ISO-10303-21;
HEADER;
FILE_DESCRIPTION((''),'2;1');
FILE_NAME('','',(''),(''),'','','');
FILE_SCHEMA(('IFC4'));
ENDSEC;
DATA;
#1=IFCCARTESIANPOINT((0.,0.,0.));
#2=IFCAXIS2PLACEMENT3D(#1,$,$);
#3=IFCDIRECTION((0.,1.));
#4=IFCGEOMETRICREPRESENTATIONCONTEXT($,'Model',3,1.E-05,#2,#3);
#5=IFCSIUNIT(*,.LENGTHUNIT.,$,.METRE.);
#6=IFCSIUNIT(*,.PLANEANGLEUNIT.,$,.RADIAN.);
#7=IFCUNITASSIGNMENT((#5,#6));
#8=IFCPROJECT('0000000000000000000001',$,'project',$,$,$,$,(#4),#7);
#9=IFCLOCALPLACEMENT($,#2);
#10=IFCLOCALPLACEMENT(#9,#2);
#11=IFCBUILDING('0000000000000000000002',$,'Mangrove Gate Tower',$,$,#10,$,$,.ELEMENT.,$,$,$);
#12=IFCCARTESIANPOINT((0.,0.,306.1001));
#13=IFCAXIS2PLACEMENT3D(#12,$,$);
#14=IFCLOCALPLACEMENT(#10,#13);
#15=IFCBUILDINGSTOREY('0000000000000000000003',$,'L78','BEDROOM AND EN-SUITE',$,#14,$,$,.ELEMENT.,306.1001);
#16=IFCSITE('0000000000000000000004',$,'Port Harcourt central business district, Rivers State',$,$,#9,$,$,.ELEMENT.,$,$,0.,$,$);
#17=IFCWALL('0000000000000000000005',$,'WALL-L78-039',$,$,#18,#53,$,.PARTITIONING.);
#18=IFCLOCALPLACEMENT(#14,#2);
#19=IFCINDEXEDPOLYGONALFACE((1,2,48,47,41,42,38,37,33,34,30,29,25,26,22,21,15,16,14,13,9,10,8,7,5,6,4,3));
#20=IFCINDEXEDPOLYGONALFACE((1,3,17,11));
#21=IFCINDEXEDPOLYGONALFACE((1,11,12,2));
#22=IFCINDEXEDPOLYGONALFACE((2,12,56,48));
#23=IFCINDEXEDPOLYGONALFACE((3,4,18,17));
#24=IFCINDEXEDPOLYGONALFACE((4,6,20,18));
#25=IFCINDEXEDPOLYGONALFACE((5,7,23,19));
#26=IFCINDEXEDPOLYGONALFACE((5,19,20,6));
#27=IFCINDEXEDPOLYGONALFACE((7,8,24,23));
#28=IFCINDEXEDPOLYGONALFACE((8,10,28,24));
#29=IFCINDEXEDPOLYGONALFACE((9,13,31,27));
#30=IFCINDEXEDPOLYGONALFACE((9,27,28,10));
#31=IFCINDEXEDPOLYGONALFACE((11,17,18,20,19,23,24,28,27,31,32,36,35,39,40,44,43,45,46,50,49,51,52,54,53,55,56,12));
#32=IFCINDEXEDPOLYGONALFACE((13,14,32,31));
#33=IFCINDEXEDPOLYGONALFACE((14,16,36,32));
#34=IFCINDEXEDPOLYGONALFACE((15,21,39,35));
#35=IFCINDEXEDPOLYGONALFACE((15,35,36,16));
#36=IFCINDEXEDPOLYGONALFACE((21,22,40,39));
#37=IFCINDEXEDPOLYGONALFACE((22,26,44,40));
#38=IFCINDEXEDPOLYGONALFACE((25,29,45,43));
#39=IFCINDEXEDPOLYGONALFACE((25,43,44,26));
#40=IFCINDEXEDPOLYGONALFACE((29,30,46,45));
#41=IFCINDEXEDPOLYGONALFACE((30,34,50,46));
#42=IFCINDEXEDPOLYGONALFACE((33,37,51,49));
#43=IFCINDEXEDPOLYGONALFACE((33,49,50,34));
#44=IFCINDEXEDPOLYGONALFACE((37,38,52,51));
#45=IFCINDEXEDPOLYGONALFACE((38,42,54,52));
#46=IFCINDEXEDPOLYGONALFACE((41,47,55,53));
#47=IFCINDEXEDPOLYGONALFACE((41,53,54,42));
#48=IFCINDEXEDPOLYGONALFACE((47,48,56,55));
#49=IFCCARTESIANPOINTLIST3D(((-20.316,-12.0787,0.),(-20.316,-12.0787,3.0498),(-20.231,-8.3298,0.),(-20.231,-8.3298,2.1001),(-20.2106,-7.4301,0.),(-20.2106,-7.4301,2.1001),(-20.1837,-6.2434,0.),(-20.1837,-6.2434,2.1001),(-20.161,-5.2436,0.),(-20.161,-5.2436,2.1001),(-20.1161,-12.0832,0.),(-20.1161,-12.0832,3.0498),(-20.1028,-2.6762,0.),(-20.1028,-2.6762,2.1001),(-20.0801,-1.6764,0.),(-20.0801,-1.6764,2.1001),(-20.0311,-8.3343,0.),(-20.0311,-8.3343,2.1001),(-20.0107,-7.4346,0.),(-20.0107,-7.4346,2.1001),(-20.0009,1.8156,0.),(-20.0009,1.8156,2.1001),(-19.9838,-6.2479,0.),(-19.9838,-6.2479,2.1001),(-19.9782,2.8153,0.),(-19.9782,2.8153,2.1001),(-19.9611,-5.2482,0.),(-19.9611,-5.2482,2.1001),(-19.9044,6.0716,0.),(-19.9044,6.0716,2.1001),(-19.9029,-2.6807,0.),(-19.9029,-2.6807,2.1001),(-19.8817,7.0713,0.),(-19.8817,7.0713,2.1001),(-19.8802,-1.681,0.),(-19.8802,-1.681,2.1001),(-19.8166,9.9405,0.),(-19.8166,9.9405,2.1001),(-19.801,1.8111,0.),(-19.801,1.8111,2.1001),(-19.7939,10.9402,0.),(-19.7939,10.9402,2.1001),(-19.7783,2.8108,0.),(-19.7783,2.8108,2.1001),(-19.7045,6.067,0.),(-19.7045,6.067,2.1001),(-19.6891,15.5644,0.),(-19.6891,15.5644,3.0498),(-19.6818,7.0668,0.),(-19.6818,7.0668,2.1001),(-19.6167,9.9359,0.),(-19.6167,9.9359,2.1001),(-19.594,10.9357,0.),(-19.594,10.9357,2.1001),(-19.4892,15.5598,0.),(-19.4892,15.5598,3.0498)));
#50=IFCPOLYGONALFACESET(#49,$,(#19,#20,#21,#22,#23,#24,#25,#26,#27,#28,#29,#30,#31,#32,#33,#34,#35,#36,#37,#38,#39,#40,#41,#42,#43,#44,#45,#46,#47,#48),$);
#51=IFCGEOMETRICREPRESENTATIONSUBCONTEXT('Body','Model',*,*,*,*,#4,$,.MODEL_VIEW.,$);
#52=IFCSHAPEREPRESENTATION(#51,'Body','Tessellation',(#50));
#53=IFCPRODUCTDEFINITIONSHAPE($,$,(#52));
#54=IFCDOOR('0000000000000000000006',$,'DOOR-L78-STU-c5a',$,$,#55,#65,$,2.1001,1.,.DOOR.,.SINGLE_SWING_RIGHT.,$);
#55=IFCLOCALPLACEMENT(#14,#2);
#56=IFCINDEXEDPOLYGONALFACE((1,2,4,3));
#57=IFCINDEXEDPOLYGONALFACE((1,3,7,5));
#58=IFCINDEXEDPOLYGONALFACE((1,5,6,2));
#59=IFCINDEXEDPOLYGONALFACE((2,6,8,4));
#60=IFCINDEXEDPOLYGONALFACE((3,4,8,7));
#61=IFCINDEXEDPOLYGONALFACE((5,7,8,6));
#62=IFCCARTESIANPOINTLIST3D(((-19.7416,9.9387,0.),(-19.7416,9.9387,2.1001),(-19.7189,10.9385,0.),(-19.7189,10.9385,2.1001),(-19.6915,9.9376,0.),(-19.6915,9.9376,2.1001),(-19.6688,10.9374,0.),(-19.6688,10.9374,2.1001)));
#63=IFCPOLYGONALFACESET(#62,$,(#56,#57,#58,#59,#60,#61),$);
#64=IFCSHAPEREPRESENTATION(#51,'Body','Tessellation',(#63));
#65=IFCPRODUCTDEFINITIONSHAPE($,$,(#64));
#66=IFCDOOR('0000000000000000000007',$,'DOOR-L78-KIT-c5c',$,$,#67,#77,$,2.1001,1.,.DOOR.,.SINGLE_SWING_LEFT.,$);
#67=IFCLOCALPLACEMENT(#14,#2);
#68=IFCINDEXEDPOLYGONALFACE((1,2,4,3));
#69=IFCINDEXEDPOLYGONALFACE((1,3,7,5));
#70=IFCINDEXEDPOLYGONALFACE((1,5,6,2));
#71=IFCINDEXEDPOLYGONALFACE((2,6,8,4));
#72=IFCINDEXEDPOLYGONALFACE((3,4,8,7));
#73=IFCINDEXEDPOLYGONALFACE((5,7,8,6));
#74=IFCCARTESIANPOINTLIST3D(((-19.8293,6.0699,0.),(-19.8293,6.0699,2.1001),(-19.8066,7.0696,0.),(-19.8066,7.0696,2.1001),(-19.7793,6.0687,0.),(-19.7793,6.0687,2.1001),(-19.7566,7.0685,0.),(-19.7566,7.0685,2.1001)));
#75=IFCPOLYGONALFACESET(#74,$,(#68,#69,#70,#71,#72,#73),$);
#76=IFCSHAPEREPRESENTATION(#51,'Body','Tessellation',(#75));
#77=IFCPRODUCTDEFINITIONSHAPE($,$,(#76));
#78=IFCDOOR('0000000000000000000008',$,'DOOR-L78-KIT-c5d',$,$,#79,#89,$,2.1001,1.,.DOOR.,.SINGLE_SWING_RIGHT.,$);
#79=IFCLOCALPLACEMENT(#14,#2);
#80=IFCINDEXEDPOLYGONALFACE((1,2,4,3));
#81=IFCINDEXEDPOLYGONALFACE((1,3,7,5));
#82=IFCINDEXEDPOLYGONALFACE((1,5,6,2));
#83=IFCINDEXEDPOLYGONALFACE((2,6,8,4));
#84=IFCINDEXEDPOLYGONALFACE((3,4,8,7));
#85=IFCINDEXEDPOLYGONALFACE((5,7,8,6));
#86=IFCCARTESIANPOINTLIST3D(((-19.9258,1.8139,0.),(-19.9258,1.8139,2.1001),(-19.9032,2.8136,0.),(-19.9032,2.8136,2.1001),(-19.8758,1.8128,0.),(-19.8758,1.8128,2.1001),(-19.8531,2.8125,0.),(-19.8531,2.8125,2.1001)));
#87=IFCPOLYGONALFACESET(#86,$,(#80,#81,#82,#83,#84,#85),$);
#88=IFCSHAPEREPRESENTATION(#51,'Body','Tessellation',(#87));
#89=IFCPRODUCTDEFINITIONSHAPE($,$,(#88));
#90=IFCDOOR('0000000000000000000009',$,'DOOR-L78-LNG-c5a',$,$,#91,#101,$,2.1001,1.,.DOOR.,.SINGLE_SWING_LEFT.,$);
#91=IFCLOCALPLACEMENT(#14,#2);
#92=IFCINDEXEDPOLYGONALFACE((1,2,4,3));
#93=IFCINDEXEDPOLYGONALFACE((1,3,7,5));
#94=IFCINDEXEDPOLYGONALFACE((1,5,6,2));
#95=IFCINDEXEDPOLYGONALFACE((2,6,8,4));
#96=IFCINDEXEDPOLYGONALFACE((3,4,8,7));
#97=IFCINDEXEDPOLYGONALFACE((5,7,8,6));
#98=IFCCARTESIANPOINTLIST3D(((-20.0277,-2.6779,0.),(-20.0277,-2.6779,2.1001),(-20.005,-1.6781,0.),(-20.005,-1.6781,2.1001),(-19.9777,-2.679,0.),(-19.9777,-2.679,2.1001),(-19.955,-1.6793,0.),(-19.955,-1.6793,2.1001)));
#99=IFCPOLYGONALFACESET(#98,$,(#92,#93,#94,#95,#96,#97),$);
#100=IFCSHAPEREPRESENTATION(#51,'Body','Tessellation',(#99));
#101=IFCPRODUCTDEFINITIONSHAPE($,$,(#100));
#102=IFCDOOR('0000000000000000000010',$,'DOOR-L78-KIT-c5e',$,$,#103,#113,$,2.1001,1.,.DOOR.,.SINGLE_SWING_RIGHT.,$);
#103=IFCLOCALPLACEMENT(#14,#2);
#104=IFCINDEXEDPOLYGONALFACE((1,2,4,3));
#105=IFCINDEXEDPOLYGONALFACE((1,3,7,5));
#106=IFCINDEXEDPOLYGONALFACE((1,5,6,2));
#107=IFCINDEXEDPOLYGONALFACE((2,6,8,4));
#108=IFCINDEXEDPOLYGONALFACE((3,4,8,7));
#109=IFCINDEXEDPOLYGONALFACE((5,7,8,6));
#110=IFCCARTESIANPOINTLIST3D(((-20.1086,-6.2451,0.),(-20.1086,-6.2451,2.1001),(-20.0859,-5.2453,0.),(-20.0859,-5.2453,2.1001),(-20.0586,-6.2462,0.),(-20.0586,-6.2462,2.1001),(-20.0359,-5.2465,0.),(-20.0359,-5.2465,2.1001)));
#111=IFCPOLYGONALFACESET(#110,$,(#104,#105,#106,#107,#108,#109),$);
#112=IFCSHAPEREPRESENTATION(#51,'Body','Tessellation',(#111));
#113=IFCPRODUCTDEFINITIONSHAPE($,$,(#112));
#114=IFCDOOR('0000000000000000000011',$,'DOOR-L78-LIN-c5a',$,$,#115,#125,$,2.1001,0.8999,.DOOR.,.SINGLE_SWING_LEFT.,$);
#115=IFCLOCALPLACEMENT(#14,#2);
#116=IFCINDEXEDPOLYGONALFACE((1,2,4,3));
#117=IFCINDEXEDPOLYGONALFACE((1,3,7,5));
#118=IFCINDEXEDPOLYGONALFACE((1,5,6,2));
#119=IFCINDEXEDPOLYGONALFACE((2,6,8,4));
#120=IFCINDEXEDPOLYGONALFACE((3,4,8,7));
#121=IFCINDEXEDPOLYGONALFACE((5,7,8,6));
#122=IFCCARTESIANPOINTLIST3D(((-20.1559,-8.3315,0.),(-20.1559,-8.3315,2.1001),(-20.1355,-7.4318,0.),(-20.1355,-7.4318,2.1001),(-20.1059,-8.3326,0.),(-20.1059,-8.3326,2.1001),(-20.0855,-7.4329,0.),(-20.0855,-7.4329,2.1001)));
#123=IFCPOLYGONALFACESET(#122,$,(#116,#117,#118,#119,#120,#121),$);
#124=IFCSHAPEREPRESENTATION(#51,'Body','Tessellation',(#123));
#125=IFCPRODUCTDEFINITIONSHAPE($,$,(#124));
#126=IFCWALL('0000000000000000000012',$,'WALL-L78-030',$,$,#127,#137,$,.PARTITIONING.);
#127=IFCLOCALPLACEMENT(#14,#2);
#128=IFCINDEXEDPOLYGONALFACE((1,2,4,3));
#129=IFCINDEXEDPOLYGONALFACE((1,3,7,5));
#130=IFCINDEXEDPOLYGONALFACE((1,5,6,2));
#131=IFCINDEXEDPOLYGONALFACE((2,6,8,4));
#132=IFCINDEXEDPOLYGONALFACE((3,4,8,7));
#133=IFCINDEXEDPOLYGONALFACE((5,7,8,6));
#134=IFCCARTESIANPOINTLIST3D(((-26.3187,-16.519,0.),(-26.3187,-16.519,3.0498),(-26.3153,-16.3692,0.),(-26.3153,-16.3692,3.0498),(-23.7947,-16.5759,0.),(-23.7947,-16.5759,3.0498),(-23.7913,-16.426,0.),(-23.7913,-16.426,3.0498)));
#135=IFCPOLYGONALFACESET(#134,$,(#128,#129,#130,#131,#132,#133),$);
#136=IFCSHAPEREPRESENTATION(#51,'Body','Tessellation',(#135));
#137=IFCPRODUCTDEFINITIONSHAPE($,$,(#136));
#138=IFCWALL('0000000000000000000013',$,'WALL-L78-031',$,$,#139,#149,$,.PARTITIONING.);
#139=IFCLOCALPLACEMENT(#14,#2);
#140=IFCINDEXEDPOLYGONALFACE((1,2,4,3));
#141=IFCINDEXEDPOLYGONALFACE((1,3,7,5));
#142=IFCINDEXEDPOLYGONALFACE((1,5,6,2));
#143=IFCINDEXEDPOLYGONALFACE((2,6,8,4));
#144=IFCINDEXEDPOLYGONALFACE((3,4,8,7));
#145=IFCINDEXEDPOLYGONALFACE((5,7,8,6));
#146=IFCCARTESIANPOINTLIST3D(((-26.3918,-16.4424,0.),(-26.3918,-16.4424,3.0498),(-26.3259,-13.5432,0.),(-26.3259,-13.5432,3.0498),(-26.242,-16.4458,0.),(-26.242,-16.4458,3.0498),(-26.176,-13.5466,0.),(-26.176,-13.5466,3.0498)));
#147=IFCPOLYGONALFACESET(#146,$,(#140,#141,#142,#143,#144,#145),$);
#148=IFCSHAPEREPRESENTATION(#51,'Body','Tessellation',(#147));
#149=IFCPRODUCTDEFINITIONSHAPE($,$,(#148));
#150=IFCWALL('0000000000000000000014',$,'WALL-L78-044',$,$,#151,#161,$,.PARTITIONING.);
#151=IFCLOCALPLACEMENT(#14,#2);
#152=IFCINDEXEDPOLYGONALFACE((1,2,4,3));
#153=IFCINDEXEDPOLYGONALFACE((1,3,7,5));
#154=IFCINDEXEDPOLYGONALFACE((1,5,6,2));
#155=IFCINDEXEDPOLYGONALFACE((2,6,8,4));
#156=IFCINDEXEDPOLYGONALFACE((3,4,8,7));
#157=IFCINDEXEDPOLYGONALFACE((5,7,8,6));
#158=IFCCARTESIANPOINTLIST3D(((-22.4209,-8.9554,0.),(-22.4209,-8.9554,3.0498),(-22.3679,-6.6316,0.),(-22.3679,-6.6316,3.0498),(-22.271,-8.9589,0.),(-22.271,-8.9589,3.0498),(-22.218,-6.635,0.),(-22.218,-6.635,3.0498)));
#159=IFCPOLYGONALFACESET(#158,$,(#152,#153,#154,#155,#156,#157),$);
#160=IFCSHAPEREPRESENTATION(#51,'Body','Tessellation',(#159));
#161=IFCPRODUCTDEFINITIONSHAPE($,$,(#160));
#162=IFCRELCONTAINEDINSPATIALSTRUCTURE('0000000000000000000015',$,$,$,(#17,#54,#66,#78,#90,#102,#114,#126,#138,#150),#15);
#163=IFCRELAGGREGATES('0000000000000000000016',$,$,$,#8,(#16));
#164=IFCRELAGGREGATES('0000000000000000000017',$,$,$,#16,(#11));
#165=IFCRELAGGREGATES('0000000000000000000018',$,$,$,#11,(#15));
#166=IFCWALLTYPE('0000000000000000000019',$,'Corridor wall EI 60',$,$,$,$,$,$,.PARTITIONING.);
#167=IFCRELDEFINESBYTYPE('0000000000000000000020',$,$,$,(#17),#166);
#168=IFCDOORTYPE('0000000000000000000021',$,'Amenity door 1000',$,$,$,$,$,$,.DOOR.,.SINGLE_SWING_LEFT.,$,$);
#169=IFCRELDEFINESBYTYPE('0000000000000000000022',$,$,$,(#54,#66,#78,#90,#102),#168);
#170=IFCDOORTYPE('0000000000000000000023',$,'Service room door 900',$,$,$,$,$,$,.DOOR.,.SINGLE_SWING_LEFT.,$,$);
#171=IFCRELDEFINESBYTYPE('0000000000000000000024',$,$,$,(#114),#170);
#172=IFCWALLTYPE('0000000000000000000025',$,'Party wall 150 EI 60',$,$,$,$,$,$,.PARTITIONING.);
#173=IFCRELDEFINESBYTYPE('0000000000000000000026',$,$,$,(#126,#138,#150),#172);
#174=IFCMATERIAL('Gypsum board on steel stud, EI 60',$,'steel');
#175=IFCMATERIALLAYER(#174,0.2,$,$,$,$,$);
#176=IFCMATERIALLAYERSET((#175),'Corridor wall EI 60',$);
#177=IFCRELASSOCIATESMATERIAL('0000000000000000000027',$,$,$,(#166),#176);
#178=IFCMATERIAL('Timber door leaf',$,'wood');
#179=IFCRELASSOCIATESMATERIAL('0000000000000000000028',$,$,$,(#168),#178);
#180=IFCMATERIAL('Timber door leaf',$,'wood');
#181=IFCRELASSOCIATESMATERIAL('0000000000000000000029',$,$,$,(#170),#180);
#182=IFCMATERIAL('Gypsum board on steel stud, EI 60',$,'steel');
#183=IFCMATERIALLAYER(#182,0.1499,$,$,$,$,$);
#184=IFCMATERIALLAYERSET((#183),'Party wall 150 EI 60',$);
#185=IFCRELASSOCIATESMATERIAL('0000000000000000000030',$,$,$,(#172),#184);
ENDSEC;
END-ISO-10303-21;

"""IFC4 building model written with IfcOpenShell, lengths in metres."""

from ifc_helpers import new_model, si_unit, direction, frame, frame_2d, origin, place, context, subcontext, project, spatial, rectangle, extrude, material, layer, layer_set, type_object, element, fill, save


model = new_model("IFC4")

# Units and contexts
model_context = context("Model", 3, precision=1e-05, world=origin(), true_north=direction((0.0, 1.0)))
body_context = subcontext(model_context, "Body", "Model", "MODEL_VIEW")
ifc_project = project(units=[si_unit("LENGTHUNIT", "METRE"), si_unit("PLANEANGLEUNIT", "RADIAN")], contexts=[model_context])

# Site, building, storey
site_placement = place(None, origin())
site = spatial("IfcSite", under=ifc_project, at=site_placement, Name="Port Harcourt central business district, Rivers State", CompositionType="ELEMENT", RefElevation=0.0)
building_placement = place(site_placement, origin())
building = spatial("IfcBuilding", under=site, at=building_placement, Name="Mangrove Gate Tower", CompositionType="ELEMENT")
storey_placement = place(building_placement, frame((0.0, 0.0, 306.1001)))
storey = spatial("IfcBuildingStorey", under=building, at=storey_placement, Name="L78", Description="BEDROOM AND EN-SUITE", CompositionType="ELEMENT", Elevation=306.1001)

# Wall, openings, doors
ifc_material_1 = material(Name="Gypsum board on steel stud, EI 60", Category="steel")
ifc_layer_1 = layer(ifc_material_1, 0.2)
ifc_layer_set_1 = layer_set([ifc_layer_1], Name="Corridor wall EI 60")
wall_type_1 = type_object("IfcWallType", Name="Corridor wall EI 60", PredefinedType="PARTITIONING", material=ifc_layer_set_1)
wall_1_placement = place(storey_placement, frame((-20.2161, -12.0811, 0.0), z_axis=(0.0, 0.0, 1.0), x_axis=(0.022674, 0.999743, 0.0)))
wall_1 = element("IfcWall", 1, at=wall_1_placement, inside=storey, type_object=wall_type_1, Name="WALL-L78-039", PredefinedType="PARTITIONING", context=body_context, shape_type="SweptSolid", body=[
    extrude(rectangle(XDim=27.6501, YDim=0.2, at=frame_2d((13.8252, 0.0))), origin(), (0.0, 0.0, 1.0), 3.0498),
])
opening_1_placement = place(wall_1_placement, frame((22.0249, 0.0, 0.0)))
opening_1 = element("IfcOpeningElement", 2, at=opening_1_placement, cuts=wall_1, PredefinedType="OPENING", context=body_context, shape_type="SweptSolid", body=[
    extrude(rectangle(XDim=1.0, YDim=2.1001, at=frame_2d((0.5, 1.05))), frame((0.0, 0.1099, 0.0), z_axis=(0.0, -1.0, 0.0), x_axis=(1.0, 0.0, 0.0)), (0.0, 0.0, 1.0), 0.22),
])
opening_2_placement = place(wall_1_placement, frame((18.155, 0.0, 0.0)))
opening_2 = element("IfcOpeningElement", 3, at=opening_2_placement, cuts=wall_1, PredefinedType="OPENING", context=body_context, shape_type="SweptSolid", body=[
    extrude(rectangle(XDim=1.0, YDim=2.1001, at=frame_2d((0.5, 1.05))), frame((0.0, 0.1099, 0.0), z_axis=(0.0, -1.0, 0.0), x_axis=(1.0, 0.0, 0.0)), (0.0, 0.0, 1.0), 0.22),
])
opening_3_placement = place(wall_1_placement, frame((13.8979, 0.0, 0.0)))
opening_3 = element("IfcOpeningElement", 4, at=opening_3_placement, cuts=wall_1, PredefinedType="OPENING", context=body_context, shape_type="SweptSolid", body=[
    extrude(rectangle(XDim=1.0, YDim=2.1001, at=frame_2d((0.5, 1.05))), frame((0.0, 0.1099, 0.0), z_axis=(0.0, -1.0, 0.0), x_axis=(1.0, 0.0, 0.0)), (0.0, 0.0, 1.0), 0.22),
])
opening_4_placement = place(wall_1_placement, frame((9.405, 0.0, 0.0)))
opening_4 = element("IfcOpeningElement", 5, at=opening_4_placement, cuts=wall_1, PredefinedType="OPENING", context=body_context, shape_type="SweptSolid", body=[
    extrude(rectangle(XDim=1.0, YDim=2.1001, at=frame_2d((0.5, 1.05))), frame((0.0, 0.1099, 0.0), z_axis=(0.0, -1.0, 0.0), x_axis=(1.0, 0.0, 0.0)), (0.0, 0.0, 1.0), 0.22),
])
opening_5_placement = place(wall_1_placement, frame((5.8369, 0.0, 0.0)))
opening_5 = element("IfcOpeningElement", 6, at=opening_5_placement, cuts=wall_1, PredefinedType="OPENING", context=body_context, shape_type="SweptSolid", body=[
    extrude(rectangle(XDim=1.0, YDim=2.1001, at=frame_2d((0.5, 1.05))), frame((0.0, 0.1099, 0.0), z_axis=(0.0, -1.0, 0.0), x_axis=(1.0, 0.0, 0.0)), (0.0, 0.0, 1.0), 0.22),
])
opening_6_placement = place(wall_1_placement, frame((3.75, 0.0, 0.0)))
opening_6 = element("IfcOpeningElement", 7, at=opening_6_placement, cuts=wall_1, PredefinedType="OPENING", context=body_context, shape_type="SweptSolid", body=[
    extrude(rectangle(XDim=0.8999, YDim=2.1001, at=frame_2d((0.45, 1.05))), frame((0.0, 0.1099, 0.0), z_axis=(0.0, -1.0, 0.0), x_axis=(1.0, 0.0, 0.0)), (0.0, 0.0, 1.0), 0.22),
])
ifc_material_2 = material(Name="Timber door leaf", Category="wood")
door_type_1 = type_object("IfcDoorType", Name="Amenity door 1000", OperationType="SINGLE_SWING_LEFT", PredefinedType="DOOR", material=ifc_material_2)
door_1_placement = place(opening_1_placement, origin())
door_1 = element("IfcDoor", 8, at=door_1_placement, inside=storey, type_object=door_type_1, Name="DOOR-L78-STU-c5a", OperationType="SINGLE_SWING_RIGHT", OverallHeight=2.1001, OverallWidth=1.0, PredefinedType="DOOR", context=body_context, shape_type="SweptSolid", body=[
    extrude(rectangle(XDim=1.0, YDim=2.1001, at=frame_2d((0.5, 1.05))), frame((0.0, 0.0249, 0.0), z_axis=(0.0, -1.0, 0.0), x_axis=(1.0, 0.0, 0.0)), (0.0, 0.0, 1.0), 0.05),
])
fill(opening_1, door_1)
door_2_placement = place(opening_2_placement, origin())
door_2 = element("IfcDoor", 9, at=door_2_placement, inside=storey, type_object=door_type_1, Name="DOOR-L78-KIT-c5c", OperationType="SINGLE_SWING_LEFT", OverallHeight=2.1001, OverallWidth=1.0, PredefinedType="DOOR", context=body_context, shape_type="SweptSolid", body=[
    extrude(rectangle(XDim=1.0, YDim=2.1001, at=frame_2d((0.5, 1.05))), frame((0.0, 0.0249, 0.0), z_axis=(0.0, -1.0, 0.0), x_axis=(1.0, 0.0, 0.0)), (0.0, 0.0, 1.0), 0.05),
])
fill(opening_2, door_2)
door_3_placement = place(opening_3_placement, origin())
door_3 = element("IfcDoor", 10, at=door_3_placement, inside=storey, type_object=door_type_1, Name="DOOR-L78-KIT-c5d", OperationType="SINGLE_SWING_RIGHT", OverallHeight=2.1001, OverallWidth=1.0, PredefinedType="DOOR", context=body_context, shape_type="SweptSolid", body=[
    extrude(rectangle(XDim=1.0, YDim=2.1001, at=frame_2d((0.5, 1.05))), frame((0.0, 0.0249, 0.0), z_axis=(0.0, -1.0, 0.0), x_axis=(1.0, 0.0, 0.0)), (0.0, 0.0, 1.0), 0.05),
])
fill(opening_3, door_3)
door_4_placement = place(opening_4_placement, origin())
door_4 = element("IfcDoor", 11, at=door_4_placement, inside=storey, type_object=door_type_1, Name="DOOR-L78-LNG-c5a", OperationType="SINGLE_SWING_LEFT", OverallHeight=2.1001, OverallWidth=1.0, PredefinedType="DOOR", context=body_context, shape_type="SweptSolid", body=[
    extrude(rectangle(XDim=1.0, YDim=2.1001, at=frame_2d((0.5, 1.05))), frame((0.0, 0.0249, 0.0), z_axis=(0.0, -1.0, 0.0), x_axis=(1.0, 0.0, 0.0)), (0.0, 0.0, 1.0), 0.05),
])
fill(opening_4, door_4)
door_5_placement = place(opening_5_placement, origin())
door_5 = element("IfcDoor", 12, at=door_5_placement, inside=storey, type_object=door_type_1, Name="DOOR-L78-KIT-c5e", OperationType="SINGLE_SWING_RIGHT", OverallHeight=2.1001, OverallWidth=1.0, PredefinedType="DOOR", context=body_context, shape_type="SweptSolid", body=[
    extrude(rectangle(XDim=1.0, YDim=2.1001, at=frame_2d((0.5, 1.05))), frame((0.0, 0.0249, 0.0), z_axis=(0.0, -1.0, 0.0), x_axis=(1.0, 0.0, 0.0)), (0.0, 0.0, 1.0), 0.05),
])
fill(opening_5, door_5)
ifc_material_3 = material(Name="Timber door leaf", Category="wood")
door_type_2 = type_object("IfcDoorType", Name="Service room door 900", OperationType="SINGLE_SWING_LEFT", PredefinedType="DOOR", material=ifc_material_3)
door_6_placement = place(opening_6_placement, origin())
door_6 = element("IfcDoor", 13, at=door_6_placement, inside=storey, type_object=door_type_2, Name="DOOR-L78-LIN-c5a", OperationType="SINGLE_SWING_LEFT", OverallHeight=2.1001, OverallWidth=0.8999, PredefinedType="DOOR", context=body_context, shape_type="SweptSolid", body=[
    extrude(rectangle(XDim=0.8999, YDim=2.1001, at=frame_2d((0.45, 1.05))), frame((0.0, 0.0249, 0.0), z_axis=(0.0, -1.0, 0.0), x_axis=(1.0, 0.0, 0.0)), (0.0, 0.0, 1.0), 0.05),
])
fill(opening_6, door_6)

# Walls
ifc_material_4 = material(Name="Gypsum board on steel stud, EI 60", Category="steel")
ifc_layer_2 = layer(ifc_material_4, 0.1499)
ifc_layer_set_2 = layer_set([ifc_layer_2], Name="Party wall 150 EI 60")
wall_type_2 = type_object("IfcWallType", Name="Party wall 150 EI 60", PredefinedType="PARTITIONING", material=ifc_layer_set_2)
wall_2_placement = place(storey_placement, frame((-26.3169, -16.4441, 0.0), z_axis=(0.0, 0.0, 1.0), x_axis=(0.999746, -0.022532, 0.0)))
element("IfcWall", 14, at=wall_2_placement, inside=storey, type_object=wall_type_2, Name="WALL-L78-030", PredefinedType="PARTITIONING", context=body_context, shape_type="SweptSolid", body=[
    extrude(rectangle(XDim=2.5247, YDim=0.1499, at=frame_2d((1.2622, 0.0))), origin(), (0.0, 0.0, 1.0), 3.0498),
])
wall_3_placement = place(storey_placement, frame((-26.3169, -16.4441, 0.0), z_axis=(0.0, 0.0, 1.0), x_axis=(0.022731, 0.999742, 0.0)))
element("IfcWall", 15, at=wall_3_placement, inside=storey, type_object=wall_type_2, Name="WALL-L78-031", PredefinedType="PARTITIONING", context=body_context, shape_type="SweptSolid", body=[
    extrude(rectangle(XDim=2.8999, YDim=0.1499, at=frame_2d((1.45, 0.0))), origin(), (0.0, 0.0, 1.0), 3.0498),
])
wall_4_placement = place(storey_placement, frame((-22.3459, -8.957, 0.0), z_axis=(0.0, 0.0, 1.0), x_axis=(0.022791, 0.99974, 0.0)))
element("IfcWall", 16, at=wall_4_placement, inside=storey, type_object=wall_type_2, Name="WALL-L78-044", PredefinedType="PARTITIONING", context=body_context, shape_type="SweptSolid", body=[
    extrude(rectangle(XDim=2.3245, YDim=0.1499, at=frame_2d((1.1621, 0.0))), origin(), (0.0, 0.0, 1.0), 3.0498),
])

save(model, "model.ifc")
